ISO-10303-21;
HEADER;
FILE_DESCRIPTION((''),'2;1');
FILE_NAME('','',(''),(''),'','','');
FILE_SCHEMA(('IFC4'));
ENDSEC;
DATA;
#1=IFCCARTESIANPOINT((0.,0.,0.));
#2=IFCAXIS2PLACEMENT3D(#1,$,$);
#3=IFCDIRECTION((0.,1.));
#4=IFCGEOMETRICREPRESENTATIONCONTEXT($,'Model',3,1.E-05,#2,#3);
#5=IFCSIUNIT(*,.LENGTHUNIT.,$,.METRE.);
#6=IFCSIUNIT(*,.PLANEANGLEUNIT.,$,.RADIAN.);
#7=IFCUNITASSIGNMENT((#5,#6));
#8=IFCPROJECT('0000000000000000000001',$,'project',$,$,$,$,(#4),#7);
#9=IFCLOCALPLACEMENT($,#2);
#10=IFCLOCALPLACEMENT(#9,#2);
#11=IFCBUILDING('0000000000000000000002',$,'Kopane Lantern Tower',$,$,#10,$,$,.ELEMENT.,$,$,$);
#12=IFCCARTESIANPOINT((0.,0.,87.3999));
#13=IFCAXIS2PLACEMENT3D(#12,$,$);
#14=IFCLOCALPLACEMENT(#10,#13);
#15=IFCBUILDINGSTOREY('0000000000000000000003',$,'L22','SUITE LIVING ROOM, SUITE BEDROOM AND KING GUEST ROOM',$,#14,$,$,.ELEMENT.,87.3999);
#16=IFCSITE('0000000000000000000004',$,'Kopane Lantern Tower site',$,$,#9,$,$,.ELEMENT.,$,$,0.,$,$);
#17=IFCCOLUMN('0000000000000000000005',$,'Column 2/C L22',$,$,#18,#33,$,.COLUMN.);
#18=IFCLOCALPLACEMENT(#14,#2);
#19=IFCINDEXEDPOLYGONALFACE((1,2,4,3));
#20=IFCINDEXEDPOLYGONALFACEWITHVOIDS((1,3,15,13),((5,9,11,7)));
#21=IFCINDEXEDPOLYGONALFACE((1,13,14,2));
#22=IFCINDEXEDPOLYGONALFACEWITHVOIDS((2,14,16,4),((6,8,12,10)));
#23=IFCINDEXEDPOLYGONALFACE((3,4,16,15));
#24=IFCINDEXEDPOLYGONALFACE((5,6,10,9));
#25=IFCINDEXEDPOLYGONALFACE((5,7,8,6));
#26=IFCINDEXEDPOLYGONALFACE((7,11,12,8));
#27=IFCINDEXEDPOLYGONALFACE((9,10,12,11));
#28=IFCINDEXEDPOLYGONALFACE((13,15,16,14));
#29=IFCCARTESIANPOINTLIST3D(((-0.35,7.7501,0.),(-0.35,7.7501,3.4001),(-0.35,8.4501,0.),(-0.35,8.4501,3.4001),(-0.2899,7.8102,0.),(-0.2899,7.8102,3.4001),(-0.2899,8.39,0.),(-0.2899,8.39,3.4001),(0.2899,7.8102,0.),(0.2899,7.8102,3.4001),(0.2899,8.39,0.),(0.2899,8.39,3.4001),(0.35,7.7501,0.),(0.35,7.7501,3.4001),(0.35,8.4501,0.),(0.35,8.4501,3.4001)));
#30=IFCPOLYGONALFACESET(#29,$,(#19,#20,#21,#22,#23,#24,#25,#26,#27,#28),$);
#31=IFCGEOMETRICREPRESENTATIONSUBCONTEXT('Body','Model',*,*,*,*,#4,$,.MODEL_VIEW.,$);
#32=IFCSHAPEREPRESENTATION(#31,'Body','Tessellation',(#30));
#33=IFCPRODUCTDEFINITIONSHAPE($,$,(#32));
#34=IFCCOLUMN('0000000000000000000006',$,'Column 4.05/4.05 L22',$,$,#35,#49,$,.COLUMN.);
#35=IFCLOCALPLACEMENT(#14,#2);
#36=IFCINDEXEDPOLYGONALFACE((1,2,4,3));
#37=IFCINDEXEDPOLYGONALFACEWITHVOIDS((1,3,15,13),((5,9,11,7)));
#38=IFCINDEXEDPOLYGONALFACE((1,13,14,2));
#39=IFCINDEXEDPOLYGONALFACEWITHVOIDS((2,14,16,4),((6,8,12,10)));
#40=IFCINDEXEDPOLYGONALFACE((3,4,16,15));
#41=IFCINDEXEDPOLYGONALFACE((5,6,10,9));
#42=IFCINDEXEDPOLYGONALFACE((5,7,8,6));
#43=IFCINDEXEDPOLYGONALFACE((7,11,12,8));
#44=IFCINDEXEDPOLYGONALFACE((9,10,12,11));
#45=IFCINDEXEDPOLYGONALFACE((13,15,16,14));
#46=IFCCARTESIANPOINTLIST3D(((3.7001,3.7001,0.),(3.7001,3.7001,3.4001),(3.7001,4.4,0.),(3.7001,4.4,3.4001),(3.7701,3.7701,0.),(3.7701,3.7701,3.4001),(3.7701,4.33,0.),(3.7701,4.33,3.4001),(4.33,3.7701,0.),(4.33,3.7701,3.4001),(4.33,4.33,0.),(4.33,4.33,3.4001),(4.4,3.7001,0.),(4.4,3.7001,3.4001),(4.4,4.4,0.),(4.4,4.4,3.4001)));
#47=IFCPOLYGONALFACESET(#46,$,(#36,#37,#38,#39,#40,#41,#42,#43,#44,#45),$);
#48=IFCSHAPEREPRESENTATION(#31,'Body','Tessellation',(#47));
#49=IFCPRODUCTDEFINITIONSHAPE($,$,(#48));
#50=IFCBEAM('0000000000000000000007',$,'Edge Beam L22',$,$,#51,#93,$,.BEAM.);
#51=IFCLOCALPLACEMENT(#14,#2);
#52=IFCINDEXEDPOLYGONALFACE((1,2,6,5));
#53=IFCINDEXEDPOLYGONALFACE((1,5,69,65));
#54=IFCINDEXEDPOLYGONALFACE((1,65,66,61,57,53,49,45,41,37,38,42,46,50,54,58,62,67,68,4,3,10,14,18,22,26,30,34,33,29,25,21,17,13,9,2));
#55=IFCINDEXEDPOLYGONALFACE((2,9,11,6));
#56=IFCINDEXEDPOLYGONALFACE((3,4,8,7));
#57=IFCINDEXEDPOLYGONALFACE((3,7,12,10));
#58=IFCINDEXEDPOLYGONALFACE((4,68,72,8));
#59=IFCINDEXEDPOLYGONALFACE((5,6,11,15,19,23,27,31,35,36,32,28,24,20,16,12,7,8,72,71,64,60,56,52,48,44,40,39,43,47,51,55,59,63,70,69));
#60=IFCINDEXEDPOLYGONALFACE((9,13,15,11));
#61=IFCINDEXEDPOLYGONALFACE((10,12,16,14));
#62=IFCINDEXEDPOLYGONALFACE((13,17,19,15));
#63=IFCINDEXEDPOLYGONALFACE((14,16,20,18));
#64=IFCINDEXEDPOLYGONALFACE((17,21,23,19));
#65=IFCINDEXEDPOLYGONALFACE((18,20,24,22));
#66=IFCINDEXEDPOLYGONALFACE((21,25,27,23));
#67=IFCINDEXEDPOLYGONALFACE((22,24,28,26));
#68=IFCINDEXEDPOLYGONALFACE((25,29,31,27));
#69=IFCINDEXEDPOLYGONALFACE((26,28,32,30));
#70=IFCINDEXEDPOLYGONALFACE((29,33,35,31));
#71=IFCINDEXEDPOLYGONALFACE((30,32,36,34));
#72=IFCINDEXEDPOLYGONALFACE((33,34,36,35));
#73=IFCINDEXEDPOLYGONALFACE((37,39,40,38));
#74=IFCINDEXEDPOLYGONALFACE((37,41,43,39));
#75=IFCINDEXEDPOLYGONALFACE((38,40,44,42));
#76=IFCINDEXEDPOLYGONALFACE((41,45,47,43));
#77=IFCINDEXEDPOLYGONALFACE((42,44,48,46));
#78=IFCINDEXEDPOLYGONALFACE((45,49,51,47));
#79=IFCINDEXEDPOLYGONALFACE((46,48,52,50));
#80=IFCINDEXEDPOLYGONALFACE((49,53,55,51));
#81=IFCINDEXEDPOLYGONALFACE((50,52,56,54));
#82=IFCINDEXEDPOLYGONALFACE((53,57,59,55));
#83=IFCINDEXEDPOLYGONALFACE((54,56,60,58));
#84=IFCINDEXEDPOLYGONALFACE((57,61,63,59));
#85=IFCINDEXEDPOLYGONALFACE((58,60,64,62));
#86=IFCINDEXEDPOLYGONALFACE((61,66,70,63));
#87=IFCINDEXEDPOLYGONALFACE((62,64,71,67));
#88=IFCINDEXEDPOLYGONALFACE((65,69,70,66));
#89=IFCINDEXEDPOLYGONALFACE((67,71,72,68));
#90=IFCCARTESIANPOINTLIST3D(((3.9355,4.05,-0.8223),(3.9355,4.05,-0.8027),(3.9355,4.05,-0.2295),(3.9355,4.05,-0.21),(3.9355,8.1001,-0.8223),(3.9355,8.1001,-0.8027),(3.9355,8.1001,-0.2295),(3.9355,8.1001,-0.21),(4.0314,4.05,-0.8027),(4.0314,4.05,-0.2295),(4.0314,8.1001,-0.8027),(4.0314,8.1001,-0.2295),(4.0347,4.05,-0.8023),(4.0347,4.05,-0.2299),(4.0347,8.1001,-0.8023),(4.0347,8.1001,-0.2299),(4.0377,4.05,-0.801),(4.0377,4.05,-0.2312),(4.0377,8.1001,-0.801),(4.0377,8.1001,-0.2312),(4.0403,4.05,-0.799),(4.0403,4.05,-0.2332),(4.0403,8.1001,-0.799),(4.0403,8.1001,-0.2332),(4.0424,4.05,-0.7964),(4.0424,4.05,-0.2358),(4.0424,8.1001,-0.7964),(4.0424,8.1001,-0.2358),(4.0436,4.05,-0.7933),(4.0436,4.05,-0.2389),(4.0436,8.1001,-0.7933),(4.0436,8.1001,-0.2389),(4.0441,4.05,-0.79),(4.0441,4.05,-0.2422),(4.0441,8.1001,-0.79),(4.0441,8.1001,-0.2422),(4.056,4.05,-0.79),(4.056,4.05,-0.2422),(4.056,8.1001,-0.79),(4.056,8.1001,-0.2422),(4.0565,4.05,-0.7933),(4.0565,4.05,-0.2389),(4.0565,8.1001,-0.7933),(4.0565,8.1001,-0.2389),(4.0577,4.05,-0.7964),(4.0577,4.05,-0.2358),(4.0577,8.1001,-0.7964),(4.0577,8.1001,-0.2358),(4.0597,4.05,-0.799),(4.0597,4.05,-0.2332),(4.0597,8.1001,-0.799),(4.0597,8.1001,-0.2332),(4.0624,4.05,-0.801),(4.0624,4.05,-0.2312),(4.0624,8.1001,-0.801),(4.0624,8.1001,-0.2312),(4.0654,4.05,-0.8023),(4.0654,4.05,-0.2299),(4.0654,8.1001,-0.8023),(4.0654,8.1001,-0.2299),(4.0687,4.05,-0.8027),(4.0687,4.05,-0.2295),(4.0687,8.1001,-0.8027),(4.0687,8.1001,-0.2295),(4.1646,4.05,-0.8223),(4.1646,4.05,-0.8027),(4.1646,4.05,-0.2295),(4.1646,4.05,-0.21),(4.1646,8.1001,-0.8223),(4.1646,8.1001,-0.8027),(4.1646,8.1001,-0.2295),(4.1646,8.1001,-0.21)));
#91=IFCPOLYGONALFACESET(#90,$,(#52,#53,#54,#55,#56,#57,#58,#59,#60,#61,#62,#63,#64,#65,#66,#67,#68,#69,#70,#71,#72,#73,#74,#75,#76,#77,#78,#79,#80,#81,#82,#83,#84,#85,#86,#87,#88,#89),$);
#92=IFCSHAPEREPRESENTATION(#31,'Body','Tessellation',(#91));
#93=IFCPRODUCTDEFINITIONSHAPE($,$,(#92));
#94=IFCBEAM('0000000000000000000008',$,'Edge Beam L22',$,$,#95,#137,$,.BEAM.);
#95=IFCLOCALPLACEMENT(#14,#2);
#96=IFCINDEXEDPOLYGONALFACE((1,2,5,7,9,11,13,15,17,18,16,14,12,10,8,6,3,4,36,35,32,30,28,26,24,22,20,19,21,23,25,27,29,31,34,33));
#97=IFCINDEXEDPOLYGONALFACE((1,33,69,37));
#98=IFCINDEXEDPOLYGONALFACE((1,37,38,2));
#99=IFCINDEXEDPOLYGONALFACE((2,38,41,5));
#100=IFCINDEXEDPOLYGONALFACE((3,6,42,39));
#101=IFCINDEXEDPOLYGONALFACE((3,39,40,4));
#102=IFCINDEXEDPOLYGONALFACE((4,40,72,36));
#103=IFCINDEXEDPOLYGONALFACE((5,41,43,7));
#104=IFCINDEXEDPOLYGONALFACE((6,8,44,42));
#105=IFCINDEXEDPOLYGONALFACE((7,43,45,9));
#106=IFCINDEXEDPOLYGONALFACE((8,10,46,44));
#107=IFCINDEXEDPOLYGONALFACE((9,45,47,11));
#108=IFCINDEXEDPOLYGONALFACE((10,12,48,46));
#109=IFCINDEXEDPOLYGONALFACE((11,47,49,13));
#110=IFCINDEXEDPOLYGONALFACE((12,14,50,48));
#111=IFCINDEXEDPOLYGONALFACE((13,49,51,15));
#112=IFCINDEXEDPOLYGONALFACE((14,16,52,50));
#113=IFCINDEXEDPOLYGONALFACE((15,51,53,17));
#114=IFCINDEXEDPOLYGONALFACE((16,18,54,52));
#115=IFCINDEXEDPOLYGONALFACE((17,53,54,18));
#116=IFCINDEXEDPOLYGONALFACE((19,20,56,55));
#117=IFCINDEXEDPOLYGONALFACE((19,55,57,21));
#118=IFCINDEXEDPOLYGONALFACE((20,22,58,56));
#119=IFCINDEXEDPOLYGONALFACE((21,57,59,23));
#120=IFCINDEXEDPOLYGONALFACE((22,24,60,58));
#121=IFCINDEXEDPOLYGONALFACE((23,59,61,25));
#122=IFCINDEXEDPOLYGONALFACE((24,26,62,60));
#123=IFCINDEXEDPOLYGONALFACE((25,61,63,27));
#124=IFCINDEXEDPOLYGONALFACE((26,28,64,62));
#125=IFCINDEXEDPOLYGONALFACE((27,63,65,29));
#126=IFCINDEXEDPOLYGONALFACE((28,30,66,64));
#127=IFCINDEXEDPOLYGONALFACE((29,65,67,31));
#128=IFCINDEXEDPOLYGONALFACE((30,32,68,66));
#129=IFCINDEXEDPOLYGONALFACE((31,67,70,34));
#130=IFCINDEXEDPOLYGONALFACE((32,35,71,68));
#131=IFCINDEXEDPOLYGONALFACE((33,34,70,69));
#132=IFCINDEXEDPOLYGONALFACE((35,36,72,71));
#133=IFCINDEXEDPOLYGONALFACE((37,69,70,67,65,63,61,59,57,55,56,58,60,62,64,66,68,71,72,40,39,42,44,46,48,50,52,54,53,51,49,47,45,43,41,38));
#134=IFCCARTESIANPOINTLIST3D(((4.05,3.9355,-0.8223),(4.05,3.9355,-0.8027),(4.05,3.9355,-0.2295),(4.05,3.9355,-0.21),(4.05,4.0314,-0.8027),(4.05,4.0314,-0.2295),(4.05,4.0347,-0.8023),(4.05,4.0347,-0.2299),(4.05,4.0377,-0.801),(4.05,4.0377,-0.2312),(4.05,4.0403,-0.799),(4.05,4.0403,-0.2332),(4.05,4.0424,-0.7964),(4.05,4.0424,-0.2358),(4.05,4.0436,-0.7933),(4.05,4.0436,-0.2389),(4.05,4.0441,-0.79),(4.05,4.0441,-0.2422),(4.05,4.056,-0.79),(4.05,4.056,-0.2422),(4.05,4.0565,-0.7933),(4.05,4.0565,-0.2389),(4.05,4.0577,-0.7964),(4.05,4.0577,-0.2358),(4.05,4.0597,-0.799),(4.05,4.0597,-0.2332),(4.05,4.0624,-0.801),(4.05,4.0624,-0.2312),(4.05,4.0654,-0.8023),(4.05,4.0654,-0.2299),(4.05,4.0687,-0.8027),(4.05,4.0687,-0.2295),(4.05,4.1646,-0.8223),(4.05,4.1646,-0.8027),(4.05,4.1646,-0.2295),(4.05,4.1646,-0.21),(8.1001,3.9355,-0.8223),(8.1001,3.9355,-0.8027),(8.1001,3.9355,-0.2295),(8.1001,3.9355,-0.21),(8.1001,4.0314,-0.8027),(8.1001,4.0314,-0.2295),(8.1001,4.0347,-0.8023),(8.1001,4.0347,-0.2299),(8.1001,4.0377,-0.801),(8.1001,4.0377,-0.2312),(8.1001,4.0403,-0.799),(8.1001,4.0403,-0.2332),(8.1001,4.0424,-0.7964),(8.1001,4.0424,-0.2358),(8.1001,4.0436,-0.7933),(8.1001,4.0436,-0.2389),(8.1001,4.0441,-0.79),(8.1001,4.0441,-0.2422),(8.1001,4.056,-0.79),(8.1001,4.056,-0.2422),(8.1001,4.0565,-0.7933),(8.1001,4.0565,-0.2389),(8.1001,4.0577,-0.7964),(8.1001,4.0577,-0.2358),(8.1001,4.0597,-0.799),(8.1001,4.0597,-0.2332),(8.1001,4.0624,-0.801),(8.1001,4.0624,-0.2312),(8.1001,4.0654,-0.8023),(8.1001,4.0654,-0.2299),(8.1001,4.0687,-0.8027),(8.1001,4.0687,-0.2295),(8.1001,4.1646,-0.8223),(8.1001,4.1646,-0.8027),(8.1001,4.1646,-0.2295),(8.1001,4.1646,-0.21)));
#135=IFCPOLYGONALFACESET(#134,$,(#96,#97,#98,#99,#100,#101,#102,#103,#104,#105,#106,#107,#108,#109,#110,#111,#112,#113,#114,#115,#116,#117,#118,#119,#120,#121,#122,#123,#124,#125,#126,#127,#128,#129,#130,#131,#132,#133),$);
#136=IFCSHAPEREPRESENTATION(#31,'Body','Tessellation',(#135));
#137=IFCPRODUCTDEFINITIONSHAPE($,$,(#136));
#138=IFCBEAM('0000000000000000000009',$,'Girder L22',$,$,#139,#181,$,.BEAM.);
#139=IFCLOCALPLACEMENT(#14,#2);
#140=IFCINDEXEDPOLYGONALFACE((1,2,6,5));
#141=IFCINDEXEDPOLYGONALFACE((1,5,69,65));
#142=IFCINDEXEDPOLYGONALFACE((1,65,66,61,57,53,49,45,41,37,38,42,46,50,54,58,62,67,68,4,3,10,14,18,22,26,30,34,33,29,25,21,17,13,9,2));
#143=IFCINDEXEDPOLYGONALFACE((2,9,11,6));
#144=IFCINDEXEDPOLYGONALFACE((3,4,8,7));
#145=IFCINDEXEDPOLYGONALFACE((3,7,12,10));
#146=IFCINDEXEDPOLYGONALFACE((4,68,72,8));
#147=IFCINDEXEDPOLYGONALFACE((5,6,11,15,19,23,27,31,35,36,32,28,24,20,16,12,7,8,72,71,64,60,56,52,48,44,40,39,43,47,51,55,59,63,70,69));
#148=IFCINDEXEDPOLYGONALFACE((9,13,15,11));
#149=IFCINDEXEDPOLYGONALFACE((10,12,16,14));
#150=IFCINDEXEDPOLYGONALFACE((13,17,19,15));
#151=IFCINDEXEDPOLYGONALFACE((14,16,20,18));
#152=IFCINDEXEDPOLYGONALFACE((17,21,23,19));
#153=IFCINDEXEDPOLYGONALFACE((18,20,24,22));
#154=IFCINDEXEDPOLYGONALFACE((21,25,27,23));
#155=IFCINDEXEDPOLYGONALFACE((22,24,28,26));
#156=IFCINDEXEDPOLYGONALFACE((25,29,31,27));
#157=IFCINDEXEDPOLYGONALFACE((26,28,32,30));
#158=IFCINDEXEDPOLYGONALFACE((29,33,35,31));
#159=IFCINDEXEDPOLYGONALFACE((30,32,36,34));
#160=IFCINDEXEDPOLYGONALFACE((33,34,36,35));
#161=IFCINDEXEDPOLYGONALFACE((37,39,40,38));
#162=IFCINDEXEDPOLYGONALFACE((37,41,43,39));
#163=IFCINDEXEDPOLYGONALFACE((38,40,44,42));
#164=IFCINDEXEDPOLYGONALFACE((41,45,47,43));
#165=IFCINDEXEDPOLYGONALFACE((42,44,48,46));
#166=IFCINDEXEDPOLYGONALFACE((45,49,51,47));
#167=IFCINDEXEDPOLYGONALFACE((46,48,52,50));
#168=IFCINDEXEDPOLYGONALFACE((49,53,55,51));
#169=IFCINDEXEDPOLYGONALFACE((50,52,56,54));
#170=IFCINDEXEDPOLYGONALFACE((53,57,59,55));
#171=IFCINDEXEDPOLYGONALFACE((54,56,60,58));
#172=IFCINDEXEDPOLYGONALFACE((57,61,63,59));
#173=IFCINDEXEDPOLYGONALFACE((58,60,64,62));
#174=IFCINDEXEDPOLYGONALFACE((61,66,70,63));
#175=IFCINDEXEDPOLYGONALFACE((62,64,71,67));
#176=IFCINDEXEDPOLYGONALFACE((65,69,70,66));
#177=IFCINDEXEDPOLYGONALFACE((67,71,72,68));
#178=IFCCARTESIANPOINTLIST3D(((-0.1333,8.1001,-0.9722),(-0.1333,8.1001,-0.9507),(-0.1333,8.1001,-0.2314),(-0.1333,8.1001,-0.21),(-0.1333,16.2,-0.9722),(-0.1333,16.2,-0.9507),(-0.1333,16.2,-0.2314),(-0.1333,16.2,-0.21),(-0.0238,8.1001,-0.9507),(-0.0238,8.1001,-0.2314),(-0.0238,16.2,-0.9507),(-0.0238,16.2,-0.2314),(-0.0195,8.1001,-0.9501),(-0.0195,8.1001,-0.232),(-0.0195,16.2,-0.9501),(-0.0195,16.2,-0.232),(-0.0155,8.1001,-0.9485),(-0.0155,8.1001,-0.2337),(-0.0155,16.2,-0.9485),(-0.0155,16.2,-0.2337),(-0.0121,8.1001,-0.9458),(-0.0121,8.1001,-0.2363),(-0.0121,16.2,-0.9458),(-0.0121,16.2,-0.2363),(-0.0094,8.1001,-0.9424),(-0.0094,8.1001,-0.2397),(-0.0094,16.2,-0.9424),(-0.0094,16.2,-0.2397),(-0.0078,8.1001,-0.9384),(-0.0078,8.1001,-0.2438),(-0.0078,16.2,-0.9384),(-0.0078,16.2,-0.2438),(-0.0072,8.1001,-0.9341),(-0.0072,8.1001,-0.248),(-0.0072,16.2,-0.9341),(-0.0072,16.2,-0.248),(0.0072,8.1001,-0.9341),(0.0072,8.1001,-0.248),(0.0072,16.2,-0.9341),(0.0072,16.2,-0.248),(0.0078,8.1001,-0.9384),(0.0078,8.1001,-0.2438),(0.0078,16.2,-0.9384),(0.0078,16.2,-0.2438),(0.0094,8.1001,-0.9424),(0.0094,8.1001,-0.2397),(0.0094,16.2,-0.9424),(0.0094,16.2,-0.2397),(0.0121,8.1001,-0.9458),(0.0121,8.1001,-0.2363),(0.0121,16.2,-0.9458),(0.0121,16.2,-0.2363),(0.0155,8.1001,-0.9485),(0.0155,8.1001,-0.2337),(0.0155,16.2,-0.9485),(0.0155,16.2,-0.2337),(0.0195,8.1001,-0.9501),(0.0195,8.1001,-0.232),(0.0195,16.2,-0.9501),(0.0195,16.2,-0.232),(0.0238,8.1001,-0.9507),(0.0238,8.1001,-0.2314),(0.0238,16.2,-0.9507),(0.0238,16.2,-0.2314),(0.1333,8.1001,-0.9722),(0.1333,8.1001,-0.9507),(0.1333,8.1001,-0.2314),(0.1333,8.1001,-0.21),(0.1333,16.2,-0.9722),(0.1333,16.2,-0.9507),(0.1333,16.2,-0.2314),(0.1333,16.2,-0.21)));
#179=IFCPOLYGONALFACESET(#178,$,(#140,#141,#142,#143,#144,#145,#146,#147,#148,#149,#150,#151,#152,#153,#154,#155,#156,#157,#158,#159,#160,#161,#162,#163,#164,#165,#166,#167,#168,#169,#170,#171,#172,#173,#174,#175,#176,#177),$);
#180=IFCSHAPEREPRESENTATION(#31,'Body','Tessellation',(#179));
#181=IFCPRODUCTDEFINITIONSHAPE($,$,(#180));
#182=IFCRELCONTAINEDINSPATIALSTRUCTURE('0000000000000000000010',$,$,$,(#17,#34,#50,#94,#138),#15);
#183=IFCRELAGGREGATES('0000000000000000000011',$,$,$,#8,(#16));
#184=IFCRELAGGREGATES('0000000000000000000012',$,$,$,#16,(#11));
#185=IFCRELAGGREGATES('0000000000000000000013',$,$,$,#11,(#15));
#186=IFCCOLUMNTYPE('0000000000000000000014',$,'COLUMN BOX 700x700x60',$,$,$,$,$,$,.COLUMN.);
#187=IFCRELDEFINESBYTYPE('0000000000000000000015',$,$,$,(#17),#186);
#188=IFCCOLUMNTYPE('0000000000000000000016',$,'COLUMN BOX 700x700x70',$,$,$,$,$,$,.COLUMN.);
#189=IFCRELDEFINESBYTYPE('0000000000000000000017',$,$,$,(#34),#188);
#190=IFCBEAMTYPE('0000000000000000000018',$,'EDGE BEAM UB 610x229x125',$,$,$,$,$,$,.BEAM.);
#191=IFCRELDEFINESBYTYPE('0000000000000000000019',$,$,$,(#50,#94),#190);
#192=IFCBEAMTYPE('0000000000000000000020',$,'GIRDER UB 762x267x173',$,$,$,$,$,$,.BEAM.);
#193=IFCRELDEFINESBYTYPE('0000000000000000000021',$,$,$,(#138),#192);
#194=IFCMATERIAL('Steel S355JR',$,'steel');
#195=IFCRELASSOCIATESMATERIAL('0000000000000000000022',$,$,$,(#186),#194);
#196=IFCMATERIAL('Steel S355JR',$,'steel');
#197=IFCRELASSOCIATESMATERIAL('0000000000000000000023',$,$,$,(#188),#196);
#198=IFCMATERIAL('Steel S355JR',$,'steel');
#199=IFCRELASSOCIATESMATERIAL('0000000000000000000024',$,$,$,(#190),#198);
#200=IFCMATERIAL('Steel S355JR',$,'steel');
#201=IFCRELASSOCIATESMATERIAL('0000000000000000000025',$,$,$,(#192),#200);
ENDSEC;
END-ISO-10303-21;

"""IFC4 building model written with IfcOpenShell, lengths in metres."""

from ifc_helpers import new_model, si_unit, direction, frame, origin, origin_2d, place, context, subcontext, project, spatial, hollow_rectangle, i_section, extrude, material, material_profile, profile_set, type_object, element, save


model = new_model("IFC4")

# Units and contexts
model_context = context("Model", 3, precision=1e-05, world=origin(), true_north=direction((0.0, 1.0)))
body_context = subcontext(model_context, "Body", "Model", "MODEL_VIEW")
ifc_project = project(units=[si_unit("LENGTHUNIT", "METRE"), si_unit("PLANEANGLEUNIT", "RADIAN")], contexts=[model_context])

# Site, building, storey
site_placement = place(None, origin())
site = spatial("IfcSite", under=ifc_project, at=site_placement, Name="Kopane Lantern Tower site", CompositionType="ELEMENT", RefElevation=0.0)
building_placement = place(site_placement, origin())
building = spatial("IfcBuilding", under=site, at=building_placement, Name="Kopane Lantern Tower", CompositionType="ELEMENT")
storey_placement = place(building_placement, frame((0.0, 0.0, 87.3999)))
storey = spatial("IfcBuildingStorey", under=building, at=storey_placement, Name="L22", Description="SUITE LIVING ROOM, SUITE BEDROOM AND KING GUEST ROOM", CompositionType="ELEMENT", Elevation=87.3999)

# Columns
ifc_material_1 = material(Name="Steel S355JR", Category="steel")
ifc_material_profile_1 = material_profile(ifc_material_1, hollow_rectangle(XDim=0.7, YDim=0.7, WallThickness=0.0601, at=origin_2d()), Name="BOX 700x700x60")
ifc_profile_set_1 = profile_set([ifc_material_profile_1], Name="Steel S355JR")
column_type_1 = type_object("IfcColumnType", Name="COLUMN BOX 700x700x60", PredefinedType="COLUMN", material=ifc_profile_set_1)
column_1_placement = place(storey_placement, frame((0.0, 8.1001, 0.0), z_axis=(0.0, 0.0, 1.0), x_axis=(1.0, 0.0, 0.0)))
element("IfcColumn", 1, at=column_1_placement, inside=storey, type_object=column_type_1, Name="Column 2/C L22", PredefinedType="COLUMN", context=body_context, shape_type="SweptSolid", body=[
    extrude(hollow_rectangle(XDim=0.7, YDim=0.7, WallThickness=0.0601, at=origin_2d()), origin(), (0.0, 0.0, 1.0), 3.4001),
])
ifc_material_2 = material(Name="Steel S355JR", Category="steel")
ifc_material_profile_2 = material_profile(ifc_material_2, hollow_rectangle(XDim=0.7, YDim=0.7, WallThickness=0.0701, at=origin_2d()), Name="BOX 700x700x70")
ifc_profile_set_2 = profile_set([ifc_material_profile_2], Name="Steel S355JR")
column_type_2 = type_object("IfcColumnType", Name="COLUMN BOX 700x700x70", PredefinedType="COLUMN", material=ifc_profile_set_2)
column_2_placement = place(storey_placement, frame((4.05, 4.05, 0.0), z_axis=(0.0, 0.0, 1.0), x_axis=(1.0, 0.0, 0.0)))
element("IfcColumn", 2, at=column_2_placement, inside=storey, type_object=column_type_2, Name="Column 4.05/4.05 L22", PredefinedType="COLUMN", context=body_context, shape_type="SweptSolid", body=[
    extrude(hollow_rectangle(XDim=0.7, YDim=0.7, WallThickness=0.0701, at=origin_2d()), origin(), (0.0, 0.0, 1.0), 3.4001),
])

# Beams
ifc_material_3 = material(Name="Steel S355JR", Category="steel")
ifc_material_profile_3 = material_profile(ifc_material_3, i_section(OverallWidth=0.229, OverallDepth=0.6123, WebThickness=0.012, FlangeThickness=0.0195, FilletRadius=0.0127, at=origin_2d()), Name="UB 610x229x125")
ifc_profile_set_3 = profile_set([ifc_material_profile_3], Name="Steel S355JR")
beam_type_1 = type_object("IfcBeamType", Name="EDGE BEAM UB 610x229x125", PredefinedType="BEAM", material=ifc_profile_set_3)
for number, where, z_axis, x_axis, name in (
    (3, (4.05, 4.05, -0.5161), (0.0, 1.0, 0.0), (-1.0, 0.0, 0.0), "Edge Beam L22"),
    (4, (4.05, 4.05, -0.5161), (1.0, 0.0, 0.0), (0.0, 1.0, 0.0), "Edge Beam L22"),
):
    element("IfcBeam", number, at=place(storey_placement, frame(where, z_axis=z_axis, x_axis=x_axis)), inside=storey, type_object=beam_type_1, Name=name, PredefinedType="BEAM", context=body_context, shape_type="SweptSolid", body=[
        extrude(i_section(OverallWidth=0.229, OverallDepth=0.6123, WebThickness=0.012, FlangeThickness=0.0195, FilletRadius=0.0127, at=origin_2d()), origin(), (0.0, 0.0, 1.0), 4.05),
    ])
ifc_material_4 = material(Name="Steel S355JR", Category="steel")
ifc_material_profile_4 = material_profile(ifc_material_4, i_section(OverallWidth=0.2666, OverallDepth=0.7622, WebThickness=0.0144, FlangeThickness=0.0215, FilletRadius=0.0166, at=origin_2d()), Name="UB 762x267x173")
ifc_profile_set_4 = profile_set([ifc_material_profile_4], Name="Steel S355JR")
beam_type_2 = type_object("IfcBeamType", Name="GIRDER UB 762x267x173", PredefinedType="BEAM", material=ifc_profile_set_4)
beam_1_placement = place(storey_placement, frame((0.0, 8.1001, -0.5911), z_axis=(0.0, 1.0, 0.0), x_axis=(-1.0, 0.0, 0.0)))
element("IfcBeam", 5, at=beam_1_placement, inside=storey, type_object=beam_type_2, Name="Girder L22", PredefinedType="BEAM", context=body_context, shape_type="SweptSolid", body=[
    extrude(i_section(OverallWidth=0.2666, OverallDepth=0.7622, WebThickness=0.0144, FlangeThickness=0.0215, FilletRadius=0.0166, at=origin_2d()), origin(), (0.0, 0.0, 1.0), 8.0999),
])

save(model, "model.ifc")
